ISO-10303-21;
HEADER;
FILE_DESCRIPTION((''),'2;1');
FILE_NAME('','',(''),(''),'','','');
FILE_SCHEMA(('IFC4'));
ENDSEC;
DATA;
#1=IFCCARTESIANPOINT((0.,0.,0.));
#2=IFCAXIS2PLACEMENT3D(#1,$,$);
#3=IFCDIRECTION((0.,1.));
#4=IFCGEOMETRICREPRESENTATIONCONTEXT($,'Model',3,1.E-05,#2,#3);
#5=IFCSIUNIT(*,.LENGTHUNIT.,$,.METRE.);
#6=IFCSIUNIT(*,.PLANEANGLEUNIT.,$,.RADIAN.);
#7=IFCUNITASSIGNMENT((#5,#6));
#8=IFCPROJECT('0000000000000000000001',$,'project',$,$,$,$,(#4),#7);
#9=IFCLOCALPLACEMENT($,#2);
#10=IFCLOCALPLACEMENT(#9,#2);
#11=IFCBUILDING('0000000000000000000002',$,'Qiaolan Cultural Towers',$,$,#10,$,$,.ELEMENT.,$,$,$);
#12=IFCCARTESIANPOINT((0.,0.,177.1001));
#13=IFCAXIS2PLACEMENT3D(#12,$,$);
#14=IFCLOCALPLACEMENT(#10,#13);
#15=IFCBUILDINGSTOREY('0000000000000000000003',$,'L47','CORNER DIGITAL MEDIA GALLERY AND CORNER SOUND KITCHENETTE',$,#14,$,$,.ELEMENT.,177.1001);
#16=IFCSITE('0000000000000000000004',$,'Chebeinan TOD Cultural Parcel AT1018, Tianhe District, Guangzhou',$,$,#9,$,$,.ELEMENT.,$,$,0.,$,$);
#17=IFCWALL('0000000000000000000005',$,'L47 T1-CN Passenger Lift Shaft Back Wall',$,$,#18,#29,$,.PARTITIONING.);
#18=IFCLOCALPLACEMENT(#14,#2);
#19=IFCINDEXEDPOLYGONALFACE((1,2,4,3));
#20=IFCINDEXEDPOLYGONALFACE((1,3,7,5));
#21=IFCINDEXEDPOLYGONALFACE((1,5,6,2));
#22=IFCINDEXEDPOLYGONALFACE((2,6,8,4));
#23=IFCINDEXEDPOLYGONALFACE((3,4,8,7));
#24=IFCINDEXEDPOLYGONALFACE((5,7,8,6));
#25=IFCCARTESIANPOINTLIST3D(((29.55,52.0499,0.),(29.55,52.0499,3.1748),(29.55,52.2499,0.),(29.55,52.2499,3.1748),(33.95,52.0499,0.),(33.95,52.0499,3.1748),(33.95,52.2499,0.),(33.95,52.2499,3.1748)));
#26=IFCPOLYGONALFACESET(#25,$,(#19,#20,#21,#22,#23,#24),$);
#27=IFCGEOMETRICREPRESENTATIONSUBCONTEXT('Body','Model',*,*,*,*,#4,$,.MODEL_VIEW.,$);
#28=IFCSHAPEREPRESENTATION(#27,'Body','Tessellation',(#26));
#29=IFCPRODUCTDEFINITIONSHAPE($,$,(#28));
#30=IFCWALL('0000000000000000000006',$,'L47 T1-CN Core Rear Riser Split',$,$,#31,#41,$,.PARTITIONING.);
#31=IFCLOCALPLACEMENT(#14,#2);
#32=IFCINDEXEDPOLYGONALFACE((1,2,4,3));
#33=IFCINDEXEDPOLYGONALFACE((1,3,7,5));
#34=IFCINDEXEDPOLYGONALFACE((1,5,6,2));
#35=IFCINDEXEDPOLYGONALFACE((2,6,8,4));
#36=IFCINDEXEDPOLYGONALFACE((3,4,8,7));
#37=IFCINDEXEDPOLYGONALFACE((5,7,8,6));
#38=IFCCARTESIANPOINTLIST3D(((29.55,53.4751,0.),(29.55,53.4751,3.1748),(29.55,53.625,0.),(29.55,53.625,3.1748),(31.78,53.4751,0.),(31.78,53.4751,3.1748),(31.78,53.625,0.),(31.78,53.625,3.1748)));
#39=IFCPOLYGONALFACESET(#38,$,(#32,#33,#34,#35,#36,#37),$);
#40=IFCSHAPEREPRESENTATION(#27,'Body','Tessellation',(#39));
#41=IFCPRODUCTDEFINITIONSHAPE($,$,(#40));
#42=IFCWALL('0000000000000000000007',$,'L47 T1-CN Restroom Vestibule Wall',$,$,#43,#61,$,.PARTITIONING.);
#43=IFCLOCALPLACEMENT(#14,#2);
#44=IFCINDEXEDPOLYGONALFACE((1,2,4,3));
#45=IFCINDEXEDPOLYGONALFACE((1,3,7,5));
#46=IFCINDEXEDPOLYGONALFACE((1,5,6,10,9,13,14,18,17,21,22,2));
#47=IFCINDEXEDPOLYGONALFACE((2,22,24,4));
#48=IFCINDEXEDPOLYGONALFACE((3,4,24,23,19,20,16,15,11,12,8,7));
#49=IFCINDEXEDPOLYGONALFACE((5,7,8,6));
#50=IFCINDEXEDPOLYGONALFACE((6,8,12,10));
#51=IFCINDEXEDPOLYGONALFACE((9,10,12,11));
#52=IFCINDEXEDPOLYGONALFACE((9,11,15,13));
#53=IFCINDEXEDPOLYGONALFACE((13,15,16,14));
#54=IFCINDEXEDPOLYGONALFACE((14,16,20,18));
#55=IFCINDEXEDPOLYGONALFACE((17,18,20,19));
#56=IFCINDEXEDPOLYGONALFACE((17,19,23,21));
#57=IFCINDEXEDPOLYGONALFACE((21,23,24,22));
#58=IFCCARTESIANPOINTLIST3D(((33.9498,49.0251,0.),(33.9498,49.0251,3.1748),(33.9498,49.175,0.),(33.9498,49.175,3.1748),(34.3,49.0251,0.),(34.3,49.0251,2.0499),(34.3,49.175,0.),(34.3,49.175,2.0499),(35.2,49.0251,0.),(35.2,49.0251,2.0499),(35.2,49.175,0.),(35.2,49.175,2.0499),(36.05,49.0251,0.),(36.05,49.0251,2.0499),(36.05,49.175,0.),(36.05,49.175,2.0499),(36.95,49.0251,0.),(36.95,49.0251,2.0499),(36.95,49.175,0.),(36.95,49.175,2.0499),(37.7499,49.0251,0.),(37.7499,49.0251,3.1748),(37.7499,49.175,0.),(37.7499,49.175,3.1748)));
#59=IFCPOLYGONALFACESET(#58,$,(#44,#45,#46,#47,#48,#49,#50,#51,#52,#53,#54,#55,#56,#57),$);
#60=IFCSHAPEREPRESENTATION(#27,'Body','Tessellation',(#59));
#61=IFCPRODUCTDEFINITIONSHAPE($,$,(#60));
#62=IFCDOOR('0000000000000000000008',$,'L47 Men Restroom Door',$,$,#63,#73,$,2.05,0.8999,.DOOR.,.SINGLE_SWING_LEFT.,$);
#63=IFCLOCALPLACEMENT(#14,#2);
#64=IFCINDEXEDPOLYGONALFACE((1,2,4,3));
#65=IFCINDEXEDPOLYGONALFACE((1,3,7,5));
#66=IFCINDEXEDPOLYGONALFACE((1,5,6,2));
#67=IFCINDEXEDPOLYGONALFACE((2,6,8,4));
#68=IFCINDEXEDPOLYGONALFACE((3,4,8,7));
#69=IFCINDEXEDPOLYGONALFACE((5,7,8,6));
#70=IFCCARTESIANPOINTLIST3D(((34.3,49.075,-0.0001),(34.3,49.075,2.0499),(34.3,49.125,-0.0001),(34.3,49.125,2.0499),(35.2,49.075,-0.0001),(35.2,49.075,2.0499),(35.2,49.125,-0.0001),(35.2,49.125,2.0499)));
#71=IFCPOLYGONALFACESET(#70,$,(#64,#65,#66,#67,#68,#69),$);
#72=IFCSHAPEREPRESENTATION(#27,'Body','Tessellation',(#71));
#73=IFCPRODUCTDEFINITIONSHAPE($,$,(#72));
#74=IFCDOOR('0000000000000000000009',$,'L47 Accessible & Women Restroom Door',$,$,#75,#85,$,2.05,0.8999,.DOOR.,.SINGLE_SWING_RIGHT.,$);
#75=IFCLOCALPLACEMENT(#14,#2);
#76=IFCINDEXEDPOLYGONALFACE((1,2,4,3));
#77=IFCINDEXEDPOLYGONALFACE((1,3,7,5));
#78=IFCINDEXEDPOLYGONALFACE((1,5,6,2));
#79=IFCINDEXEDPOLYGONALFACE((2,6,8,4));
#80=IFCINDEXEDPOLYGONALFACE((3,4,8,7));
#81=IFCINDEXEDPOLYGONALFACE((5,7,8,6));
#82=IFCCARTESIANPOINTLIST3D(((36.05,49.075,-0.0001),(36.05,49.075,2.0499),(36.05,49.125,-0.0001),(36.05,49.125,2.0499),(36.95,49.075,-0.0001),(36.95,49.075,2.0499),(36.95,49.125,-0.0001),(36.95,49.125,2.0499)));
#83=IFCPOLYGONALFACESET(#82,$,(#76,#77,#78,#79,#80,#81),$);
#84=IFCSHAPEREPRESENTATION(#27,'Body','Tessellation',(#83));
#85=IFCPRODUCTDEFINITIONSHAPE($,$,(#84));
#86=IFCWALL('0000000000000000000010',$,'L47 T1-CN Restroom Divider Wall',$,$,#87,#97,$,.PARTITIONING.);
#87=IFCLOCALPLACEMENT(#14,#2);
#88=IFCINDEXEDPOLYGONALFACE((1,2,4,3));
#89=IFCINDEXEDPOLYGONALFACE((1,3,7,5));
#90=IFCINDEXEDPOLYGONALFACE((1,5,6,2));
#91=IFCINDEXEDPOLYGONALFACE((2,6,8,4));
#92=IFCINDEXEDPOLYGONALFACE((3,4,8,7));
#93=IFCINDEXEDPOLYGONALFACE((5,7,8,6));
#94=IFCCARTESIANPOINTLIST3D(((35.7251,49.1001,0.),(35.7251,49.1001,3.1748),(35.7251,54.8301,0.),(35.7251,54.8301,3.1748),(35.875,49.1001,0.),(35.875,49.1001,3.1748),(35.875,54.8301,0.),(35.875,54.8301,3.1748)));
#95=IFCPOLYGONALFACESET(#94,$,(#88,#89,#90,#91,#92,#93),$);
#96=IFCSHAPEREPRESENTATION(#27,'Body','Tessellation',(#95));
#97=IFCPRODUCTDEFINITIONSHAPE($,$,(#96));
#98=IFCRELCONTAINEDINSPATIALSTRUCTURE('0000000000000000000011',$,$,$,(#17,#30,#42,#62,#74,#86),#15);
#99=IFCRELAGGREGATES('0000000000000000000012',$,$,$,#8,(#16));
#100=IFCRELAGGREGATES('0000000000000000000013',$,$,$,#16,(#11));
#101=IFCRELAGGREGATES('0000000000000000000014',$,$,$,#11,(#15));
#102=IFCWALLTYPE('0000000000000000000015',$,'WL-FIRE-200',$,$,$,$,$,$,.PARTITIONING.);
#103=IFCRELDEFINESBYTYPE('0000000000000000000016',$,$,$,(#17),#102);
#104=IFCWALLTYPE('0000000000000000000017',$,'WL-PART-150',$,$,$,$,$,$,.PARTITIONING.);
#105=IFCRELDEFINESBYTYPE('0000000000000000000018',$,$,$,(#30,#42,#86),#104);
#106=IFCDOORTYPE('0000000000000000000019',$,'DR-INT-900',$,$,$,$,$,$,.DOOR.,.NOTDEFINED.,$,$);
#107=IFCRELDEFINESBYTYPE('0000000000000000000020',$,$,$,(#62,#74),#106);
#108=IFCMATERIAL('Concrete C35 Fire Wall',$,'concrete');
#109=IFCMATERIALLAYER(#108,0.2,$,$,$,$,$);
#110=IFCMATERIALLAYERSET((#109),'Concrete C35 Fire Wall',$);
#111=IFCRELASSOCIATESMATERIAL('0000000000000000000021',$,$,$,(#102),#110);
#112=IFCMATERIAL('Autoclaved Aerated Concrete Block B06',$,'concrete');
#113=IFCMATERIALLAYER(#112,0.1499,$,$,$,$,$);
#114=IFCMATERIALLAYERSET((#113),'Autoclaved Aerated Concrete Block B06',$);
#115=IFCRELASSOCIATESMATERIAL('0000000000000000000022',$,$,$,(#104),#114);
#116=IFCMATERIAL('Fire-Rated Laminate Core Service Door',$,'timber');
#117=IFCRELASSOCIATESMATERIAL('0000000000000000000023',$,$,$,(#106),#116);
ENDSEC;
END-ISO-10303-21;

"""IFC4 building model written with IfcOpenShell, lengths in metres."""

from ifc_helpers import new_model, si_unit, direction, frame, frame_2d, origin, place, context, subcontext, project, spatial, rectangle, extrude, material, layer, layer_set, type_object, element, fill, save


model = new_model("IFC4")

# Units and contexts
model_context = context("Model", 3, precision=1e-05, world=origin(), true_north=direction((0.0, 1.0)))
body_context = subcontext(model_context, "Body", "Model", "MODEL_VIEW")
ifc_project = project(units=[si_unit("LENGTHUNIT", "METRE"), si_unit("PLANEANGLEUNIT", "RADIAN")], contexts=[model_context])

# Site, building, storey
site_placement = place(None, origin())
site = spatial("IfcSite", under=ifc_project, at=site_placement, Name="Chebeinan TOD Cultural Parcel AT1018, Tianhe District, Guangzhou", CompositionType="ELEMENT", RefElevation=0.0)
building_placement = place(site_placement, origin())
building = spatial("IfcBuilding", under=site, at=building_placement, Name="Qiaolan Cultural Towers", CompositionType="ELEMENT")
storey_placement = place(building_placement, frame((0.0, 0.0, 177.1001)))
storey = spatial("IfcBuildingStorey", under=building, at=storey_placement, Name="L47", Description="CORNER DIGITAL MEDIA GALLERY AND CORNER SOUND KITCHENETTE", CompositionType="ELEMENT", Elevation=177.1001)

# Shared definitions
ifc_material_1 = material(Name="Concrete C35 Fire Wall", Category="concrete")
ifc_layer_1 = layer(ifc_material_1, 0.2)
ifc_layer_set_1 = layer_set([ifc_layer_1], Name="Concrete C35 Fire Wall")
wall_type_1 = type_object("IfcWallType", Name="WL-FIRE-200", PredefinedType="PARTITIONING", material=ifc_layer_set_1)

# Walls
wall_1_placement = place(storey_placement, frame((29.55, 52.1499, 0.0), z_axis=(0.0, 0.0, 1.0), x_axis=(1.0, 0.0, 0.0)))
element("IfcWall", 1, at=wall_1_placement, inside=storey, type_object=wall_type_1, Name="L47 T1-CN Passenger Lift Shaft Back Wall", PredefinedType="PARTITIONING", context=body_context, shape_type="SweptSolid", body=[
    extrude(rectangle(XDim=4.3999, YDim=0.2, at=frame_2d((2.2, 0.0))), origin(), (0.0, 0.0, 1.0), 3.1748),
])
ifc_material_2 = material(Name="Autoclaved Aerated Concrete Block B06", Category="concrete")
ifc_layer_2 = layer(ifc_material_2, 0.1499)
ifc_layer_set_2 = layer_set([ifc_layer_2], Name="Autoclaved Aerated Concrete Block B06")
wall_type_2 = type_object("IfcWallType", Name="WL-PART-150", PredefinedType="PARTITIONING", material=ifc_layer_set_2)
wall_2_placement = place(storey_placement, frame((29.55, 53.55, 0.0), z_axis=(0.0, 0.0, 1.0), x_axis=(1.0, 0.0, 0.0)))
element("IfcWall", 2, at=wall_2_placement, inside=storey, type_object=wall_type_2, Name="L47 T1-CN Core Rear Riser Split", PredefinedType="PARTITIONING", context=body_context, shape_type="SweptSolid", body=[
    extrude(rectangle(XDim=2.23, YDim=0.1499, at=frame_2d((1.115, 0.0))), origin(), (0.0, 0.0, 1.0), 3.1748),
])

# Wall, openings, doors
wall_3_placement = place(storey_placement, frame((33.95, 49.1001, 0.0), z_axis=(0.0, 0.0, 1.0), x_axis=(1.0, 0.0, 0.0)))
wall_3 = element("IfcWall", 3, at=wall_3_placement, inside=storey, type_object=wall_type_2, Name="L47 T1-CN Restroom Vestibule Wall", PredefinedType="PARTITIONING", context=body_context, shape_type="SweptSolid", body=[
    extrude(rectangle(XDim=3.8, YDim=0.1499, at=frame_2d((1.8999, 0.0))), origin(), (0.0, 0.0, 1.0), 3.1748),
])
opening_1_placement = place(wall_3_placement, frame((0.3501, 0.0, 0.0)))
opening_1 = element("IfcOpeningElement", 4, at=opening_1_placement, cuts=wall_3, PredefinedType="OPENING", context=body_context, shape_type="SweptSolid", body=[
    extrude(rectangle(XDim=0.8999, YDim=2.05, at=frame_2d((0.45, 1.0249))), frame((0.0, 0.085, 0.0), z_axis=(0.0, -1.0, 0.0), x_axis=(1.0, 0.0, 0.0)), (0.0, 0.0, 1.0), 0.1699),
])
opening_2_placement = place(wall_3_placement, frame((2.1001, 0.0, 0.0)))
opening_2 = element("IfcOpeningElement", 5, at=opening_2_placement, cuts=wall_3, PredefinedType="OPENING", context=body_context, shape_type="SweptSolid", body=[
    extrude(rectangle(XDim=0.8999, YDim=2.05, at=frame_2d((0.45, 1.0249))), frame((0.0, 0.085, 0.0), z_axis=(0.0, -1.0, 0.0), x_axis=(1.0, 0.0, 0.0)), (0.0, 0.0, 1.0), 0.1699),
])
ifc_material_3 = material(Name="Fire-Rated Laminate Core Service Door", Category="timber")
door_type_1 = type_object("IfcDoorType", Name="DR-INT-900", OperationType="NOTDEFINED", PredefinedType="DOOR", material=ifc_material_3)
door_1_placement = place(opening_1_placement, origin())
door_1 = element("IfcDoor", 6, at=door_1_placement, inside=storey, type_object=door_type_1, Name="L47 Men Restroom Door", OperationType="SINGLE_SWING_LEFT", OverallHeight=2.05, OverallWidth=0.8999, PredefinedType="DOOR", context=body_context, shape_type="SweptSolid", body=[
    extrude(rectangle(XDim=0.8999, YDim=2.05, at=frame_2d((0.45, 1.0249))), frame((0.0, 0.0249, 0.0), z_axis=(0.0, -1.0, 0.0), x_axis=(1.0, 0.0, 0.0)), (0.0, 0.0, 1.0), 0.05),
])
fill(opening_1, door_1)
door_2_placement = place(opening_2_placement, origin())
door_2 = element("IfcDoor", 7, at=door_2_placement, inside=storey, type_object=door_type_1, Name="L47 Accessible & Women Restroom Door", OperationType="SINGLE_SWING_RIGHT", OverallHeight=2.05, OverallWidth=0.8999, PredefinedType="DOOR", context=body_context, shape_type="SweptSolid", body=[
    extrude(rectangle(XDim=0.8999, YDim=2.05, at=frame_2d((0.45, 1.0249))), frame((0.0, 0.0249, 0.0), z_axis=(0.0, -1.0, 0.0), x_axis=(1.0, 0.0, 0.0)), (0.0, 0.0, 1.0), 0.05),
])
fill(opening_2, door_2)

# Wall
wall_4_placement = place(storey_placement, frame((35.8, 49.1001, 0.0), z_axis=(0.0, 0.0, 1.0), x_axis=(0.0, 1.0, 0.0)))
element("IfcWall", 8, at=wall_4_placement, inside=storey, type_object=wall_type_2, Name="L47 T1-CN Restroom Divider Wall", PredefinedType="PARTITIONING", context=body_context, shape_type="SweptSolid", body=[
    extrude(rectangle(XDim=5.73, YDim=0.1499, at=frame_2d((2.865, 0.0))), origin(), (0.0, 0.0, 1.0), 3.1748),
])

save(model, "model.ifc")
